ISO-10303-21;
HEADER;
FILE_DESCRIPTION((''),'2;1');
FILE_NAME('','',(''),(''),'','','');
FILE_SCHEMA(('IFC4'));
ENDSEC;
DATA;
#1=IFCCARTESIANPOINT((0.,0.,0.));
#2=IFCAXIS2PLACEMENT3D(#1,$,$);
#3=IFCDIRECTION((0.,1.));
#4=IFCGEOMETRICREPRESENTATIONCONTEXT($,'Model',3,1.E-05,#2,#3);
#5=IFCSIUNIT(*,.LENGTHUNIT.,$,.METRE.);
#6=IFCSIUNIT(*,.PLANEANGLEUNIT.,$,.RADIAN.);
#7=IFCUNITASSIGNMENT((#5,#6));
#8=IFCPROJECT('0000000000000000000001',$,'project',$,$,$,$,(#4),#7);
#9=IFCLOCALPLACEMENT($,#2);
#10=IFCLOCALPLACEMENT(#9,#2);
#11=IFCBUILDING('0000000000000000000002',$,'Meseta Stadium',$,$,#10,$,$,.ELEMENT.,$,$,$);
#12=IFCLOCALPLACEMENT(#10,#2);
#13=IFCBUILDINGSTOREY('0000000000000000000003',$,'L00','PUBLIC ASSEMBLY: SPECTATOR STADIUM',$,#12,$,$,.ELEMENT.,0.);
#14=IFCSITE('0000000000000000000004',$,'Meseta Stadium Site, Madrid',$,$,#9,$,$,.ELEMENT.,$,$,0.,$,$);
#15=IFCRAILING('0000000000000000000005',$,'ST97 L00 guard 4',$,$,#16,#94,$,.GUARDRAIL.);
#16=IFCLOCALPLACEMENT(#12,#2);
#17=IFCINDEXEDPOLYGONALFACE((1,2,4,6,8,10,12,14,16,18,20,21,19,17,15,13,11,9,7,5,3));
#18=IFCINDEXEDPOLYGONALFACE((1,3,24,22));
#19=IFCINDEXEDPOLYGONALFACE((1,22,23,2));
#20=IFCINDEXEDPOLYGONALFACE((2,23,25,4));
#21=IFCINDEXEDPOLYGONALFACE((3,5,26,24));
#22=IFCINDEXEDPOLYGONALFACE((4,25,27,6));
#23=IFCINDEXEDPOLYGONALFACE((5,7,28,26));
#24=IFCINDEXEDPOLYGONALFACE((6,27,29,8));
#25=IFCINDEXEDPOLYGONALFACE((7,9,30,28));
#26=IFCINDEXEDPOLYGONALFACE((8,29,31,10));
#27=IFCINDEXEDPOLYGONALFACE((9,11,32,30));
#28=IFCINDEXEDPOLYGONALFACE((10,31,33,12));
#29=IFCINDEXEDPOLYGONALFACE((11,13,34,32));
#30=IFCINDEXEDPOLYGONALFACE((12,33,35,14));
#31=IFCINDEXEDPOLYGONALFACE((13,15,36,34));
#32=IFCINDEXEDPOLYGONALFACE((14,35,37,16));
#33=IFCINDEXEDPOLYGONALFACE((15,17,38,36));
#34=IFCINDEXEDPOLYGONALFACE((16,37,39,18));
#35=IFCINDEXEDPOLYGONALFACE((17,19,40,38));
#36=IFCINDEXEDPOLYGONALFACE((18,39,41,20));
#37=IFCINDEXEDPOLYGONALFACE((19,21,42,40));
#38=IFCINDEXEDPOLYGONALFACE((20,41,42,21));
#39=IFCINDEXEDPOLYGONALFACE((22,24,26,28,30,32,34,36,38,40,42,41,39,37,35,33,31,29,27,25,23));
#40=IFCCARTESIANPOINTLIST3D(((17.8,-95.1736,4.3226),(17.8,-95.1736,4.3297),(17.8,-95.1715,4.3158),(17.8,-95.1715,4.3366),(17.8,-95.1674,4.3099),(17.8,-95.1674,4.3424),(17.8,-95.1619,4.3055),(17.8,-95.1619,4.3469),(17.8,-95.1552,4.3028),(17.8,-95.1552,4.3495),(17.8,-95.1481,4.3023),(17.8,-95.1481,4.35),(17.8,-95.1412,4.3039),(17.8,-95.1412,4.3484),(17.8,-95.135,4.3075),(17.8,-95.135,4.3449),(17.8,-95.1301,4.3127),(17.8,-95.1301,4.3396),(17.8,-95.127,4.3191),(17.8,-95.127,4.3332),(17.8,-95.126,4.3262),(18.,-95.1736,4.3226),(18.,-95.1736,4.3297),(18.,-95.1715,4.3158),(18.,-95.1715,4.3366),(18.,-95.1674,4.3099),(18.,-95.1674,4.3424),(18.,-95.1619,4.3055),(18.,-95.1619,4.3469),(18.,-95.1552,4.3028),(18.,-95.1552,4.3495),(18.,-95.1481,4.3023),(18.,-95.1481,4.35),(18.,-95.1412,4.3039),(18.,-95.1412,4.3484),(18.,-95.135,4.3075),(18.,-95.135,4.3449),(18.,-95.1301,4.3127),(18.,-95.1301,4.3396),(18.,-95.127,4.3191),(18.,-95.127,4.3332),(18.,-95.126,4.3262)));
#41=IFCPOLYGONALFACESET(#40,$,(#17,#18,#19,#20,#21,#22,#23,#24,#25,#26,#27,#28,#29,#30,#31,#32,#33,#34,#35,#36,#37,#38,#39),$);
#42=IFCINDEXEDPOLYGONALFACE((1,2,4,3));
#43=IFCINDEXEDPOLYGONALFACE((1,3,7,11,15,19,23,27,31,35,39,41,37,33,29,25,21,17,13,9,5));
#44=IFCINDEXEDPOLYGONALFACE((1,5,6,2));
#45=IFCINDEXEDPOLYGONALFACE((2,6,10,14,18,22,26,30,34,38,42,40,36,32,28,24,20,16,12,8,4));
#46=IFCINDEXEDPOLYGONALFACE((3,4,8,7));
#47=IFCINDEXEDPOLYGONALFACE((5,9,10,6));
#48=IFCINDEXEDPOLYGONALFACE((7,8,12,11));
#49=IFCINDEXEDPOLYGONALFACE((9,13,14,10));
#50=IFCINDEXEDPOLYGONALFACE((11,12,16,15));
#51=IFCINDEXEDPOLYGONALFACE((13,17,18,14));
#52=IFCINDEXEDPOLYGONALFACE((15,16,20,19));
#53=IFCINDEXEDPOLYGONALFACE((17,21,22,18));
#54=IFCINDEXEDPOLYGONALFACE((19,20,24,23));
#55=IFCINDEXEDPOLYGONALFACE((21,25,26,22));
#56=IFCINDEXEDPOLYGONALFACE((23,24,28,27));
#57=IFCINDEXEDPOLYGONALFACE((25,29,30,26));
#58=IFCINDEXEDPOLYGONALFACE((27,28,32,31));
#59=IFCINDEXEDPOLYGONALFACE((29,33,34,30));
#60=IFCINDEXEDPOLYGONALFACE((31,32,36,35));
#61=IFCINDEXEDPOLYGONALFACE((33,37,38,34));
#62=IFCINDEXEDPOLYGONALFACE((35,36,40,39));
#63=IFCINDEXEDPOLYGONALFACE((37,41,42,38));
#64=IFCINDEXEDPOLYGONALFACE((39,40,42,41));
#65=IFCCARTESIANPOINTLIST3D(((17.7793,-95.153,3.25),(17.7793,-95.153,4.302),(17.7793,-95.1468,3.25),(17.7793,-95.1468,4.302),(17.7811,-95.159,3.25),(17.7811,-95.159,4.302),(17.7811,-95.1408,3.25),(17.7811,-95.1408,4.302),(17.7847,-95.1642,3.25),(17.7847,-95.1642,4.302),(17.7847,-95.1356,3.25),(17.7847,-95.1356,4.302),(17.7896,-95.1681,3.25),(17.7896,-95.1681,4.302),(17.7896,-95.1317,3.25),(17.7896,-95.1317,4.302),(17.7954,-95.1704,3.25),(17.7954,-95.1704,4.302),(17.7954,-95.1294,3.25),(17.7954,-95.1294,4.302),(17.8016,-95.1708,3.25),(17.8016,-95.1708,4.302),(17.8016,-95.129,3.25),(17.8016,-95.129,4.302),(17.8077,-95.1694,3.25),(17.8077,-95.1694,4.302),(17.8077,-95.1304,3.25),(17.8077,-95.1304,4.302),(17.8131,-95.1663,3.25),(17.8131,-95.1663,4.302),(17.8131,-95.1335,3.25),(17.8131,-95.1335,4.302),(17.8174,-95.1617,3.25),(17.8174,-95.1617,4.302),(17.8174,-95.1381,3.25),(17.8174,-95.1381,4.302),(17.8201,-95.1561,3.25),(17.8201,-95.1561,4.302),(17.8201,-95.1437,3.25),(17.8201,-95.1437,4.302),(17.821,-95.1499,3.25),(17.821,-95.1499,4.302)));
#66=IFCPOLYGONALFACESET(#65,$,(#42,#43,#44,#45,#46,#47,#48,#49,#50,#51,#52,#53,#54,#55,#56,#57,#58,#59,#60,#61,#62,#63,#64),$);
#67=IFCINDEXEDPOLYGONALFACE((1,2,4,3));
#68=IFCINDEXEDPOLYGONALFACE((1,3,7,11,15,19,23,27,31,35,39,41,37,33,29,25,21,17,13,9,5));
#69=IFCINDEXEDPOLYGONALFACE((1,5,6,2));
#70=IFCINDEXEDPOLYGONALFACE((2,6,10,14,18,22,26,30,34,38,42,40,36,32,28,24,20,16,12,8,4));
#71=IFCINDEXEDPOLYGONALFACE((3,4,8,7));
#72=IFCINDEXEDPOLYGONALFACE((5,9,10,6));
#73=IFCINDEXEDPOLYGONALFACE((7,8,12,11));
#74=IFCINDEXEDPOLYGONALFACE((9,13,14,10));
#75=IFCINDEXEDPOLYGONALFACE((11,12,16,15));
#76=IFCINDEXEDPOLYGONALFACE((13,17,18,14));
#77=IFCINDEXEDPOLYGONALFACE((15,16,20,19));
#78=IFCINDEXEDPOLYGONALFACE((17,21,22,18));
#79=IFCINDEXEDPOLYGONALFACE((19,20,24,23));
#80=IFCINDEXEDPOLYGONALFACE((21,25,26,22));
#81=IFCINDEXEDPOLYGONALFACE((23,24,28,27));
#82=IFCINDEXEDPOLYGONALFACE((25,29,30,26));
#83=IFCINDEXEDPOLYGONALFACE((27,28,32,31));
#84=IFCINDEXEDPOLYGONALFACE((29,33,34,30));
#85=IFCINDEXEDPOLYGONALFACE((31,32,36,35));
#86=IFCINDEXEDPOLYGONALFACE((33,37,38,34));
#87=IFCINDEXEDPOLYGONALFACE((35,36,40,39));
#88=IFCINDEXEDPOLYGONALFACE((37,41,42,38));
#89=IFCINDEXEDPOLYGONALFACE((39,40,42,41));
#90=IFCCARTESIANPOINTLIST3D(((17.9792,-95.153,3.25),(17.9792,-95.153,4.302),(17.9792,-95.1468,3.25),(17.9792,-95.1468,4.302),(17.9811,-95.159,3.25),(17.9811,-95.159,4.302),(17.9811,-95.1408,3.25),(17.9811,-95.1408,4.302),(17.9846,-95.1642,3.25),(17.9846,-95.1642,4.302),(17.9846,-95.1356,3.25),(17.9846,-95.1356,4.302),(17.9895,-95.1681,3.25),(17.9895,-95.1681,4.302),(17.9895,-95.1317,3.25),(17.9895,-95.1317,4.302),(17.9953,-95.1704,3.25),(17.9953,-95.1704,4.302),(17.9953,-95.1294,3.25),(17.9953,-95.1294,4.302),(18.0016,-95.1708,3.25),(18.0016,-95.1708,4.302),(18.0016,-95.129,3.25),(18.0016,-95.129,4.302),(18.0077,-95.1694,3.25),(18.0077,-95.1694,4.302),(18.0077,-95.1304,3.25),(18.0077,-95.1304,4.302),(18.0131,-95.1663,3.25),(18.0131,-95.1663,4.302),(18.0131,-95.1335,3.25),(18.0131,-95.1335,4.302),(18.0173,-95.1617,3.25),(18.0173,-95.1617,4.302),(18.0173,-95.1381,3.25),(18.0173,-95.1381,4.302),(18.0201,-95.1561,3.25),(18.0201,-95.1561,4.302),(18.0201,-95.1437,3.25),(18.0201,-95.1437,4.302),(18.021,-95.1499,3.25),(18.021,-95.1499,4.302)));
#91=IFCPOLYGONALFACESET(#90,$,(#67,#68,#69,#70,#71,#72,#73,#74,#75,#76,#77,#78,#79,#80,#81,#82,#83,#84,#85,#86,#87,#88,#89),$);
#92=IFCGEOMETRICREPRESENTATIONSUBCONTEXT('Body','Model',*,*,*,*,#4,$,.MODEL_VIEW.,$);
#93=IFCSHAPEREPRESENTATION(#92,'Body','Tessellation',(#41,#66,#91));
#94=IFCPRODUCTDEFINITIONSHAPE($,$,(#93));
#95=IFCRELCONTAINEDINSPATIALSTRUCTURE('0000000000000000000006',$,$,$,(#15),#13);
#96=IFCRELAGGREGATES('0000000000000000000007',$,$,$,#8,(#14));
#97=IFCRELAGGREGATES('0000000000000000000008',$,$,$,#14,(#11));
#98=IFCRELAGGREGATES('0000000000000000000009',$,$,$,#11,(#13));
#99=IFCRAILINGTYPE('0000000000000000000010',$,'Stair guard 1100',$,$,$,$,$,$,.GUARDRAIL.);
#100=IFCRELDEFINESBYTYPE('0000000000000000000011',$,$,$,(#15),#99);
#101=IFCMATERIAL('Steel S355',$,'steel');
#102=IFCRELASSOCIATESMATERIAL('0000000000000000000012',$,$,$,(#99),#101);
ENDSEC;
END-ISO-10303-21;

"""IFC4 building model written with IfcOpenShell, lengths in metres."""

from ifc_helpers import new_model, si_unit, direction, frame, origin, origin_2d, place, context, subcontext, project, spatial, circle, extrude, material, type_object, element, save


model = new_model("IFC4")

# Units and contexts
model_context = context("Model", 3, precision=1e-05, world=origin(), true_north=direction((0.0, 1.0)))
body_context = subcontext(model_context, "Body", "Model", "MODEL_VIEW")
ifc_project = project(units=[si_unit("LENGTHUNIT", "METRE"), si_unit("PLANEANGLEUNIT", "RADIAN")], contexts=[model_context])

# Site, building, storey
site_placement = place(None, origin())
site = spatial("IfcSite", under=ifc_project, at=site_placement, Name="Meseta Stadium Site, Madrid", CompositionType="ELEMENT", RefElevation=0.0)
building_placement = place(site_placement, origin())
building = spatial("IfcBuilding", under=site, at=building_placement, Name="Meseta Stadium", CompositionType="ELEMENT")
storey_placement = place(building_placement, origin())
storey = spatial("IfcBuildingStorey", under=building, at=storey_placement, Name="L00", Description="PUBLIC ASSEMBLY: SPECTATOR STADIUM", CompositionType="ELEMENT", Elevation=0.0)

# Railing
ifc_material_1 = material(Name="Steel S355", Category="steel")
railing_type_1 = type_object("IfcRailingType", Name="Stair guard 1100", PredefinedType="GUARDRAIL", material=ifc_material_1)
railing_1_placement = place(storey_placement, frame((17.8, -95.1499, 3.25)))
element("IfcRailing", 1, at=railing_1_placement, inside=storey, type_object=railing_type_1, Name="ST97 L00 guard 4", PredefinedType="GUARDRAIL", context=body_context, shape_type="SweptSolid", body=[
    extrude(circle(Radius=0.0239, at=origin_2d()), frame((0.0, 0.0, 1.0762), z_axis=(1.0, 0.0, 0.0), x_axis=(0.0, 1.0, 0.0)), (0.0, 0.0, 1.0), 0.2),
    extrude(circle(Radius=0.021, at=origin_2d()), origin(), (0.0, 0.0, 1.0), 1.052),
    extrude(circle(Radius=0.021, at=origin_2d()), frame((0.2, 0.0, 0.0)), (0.0, 0.0, 1.0), 1.052),
])

save(model, "model.ifc")
